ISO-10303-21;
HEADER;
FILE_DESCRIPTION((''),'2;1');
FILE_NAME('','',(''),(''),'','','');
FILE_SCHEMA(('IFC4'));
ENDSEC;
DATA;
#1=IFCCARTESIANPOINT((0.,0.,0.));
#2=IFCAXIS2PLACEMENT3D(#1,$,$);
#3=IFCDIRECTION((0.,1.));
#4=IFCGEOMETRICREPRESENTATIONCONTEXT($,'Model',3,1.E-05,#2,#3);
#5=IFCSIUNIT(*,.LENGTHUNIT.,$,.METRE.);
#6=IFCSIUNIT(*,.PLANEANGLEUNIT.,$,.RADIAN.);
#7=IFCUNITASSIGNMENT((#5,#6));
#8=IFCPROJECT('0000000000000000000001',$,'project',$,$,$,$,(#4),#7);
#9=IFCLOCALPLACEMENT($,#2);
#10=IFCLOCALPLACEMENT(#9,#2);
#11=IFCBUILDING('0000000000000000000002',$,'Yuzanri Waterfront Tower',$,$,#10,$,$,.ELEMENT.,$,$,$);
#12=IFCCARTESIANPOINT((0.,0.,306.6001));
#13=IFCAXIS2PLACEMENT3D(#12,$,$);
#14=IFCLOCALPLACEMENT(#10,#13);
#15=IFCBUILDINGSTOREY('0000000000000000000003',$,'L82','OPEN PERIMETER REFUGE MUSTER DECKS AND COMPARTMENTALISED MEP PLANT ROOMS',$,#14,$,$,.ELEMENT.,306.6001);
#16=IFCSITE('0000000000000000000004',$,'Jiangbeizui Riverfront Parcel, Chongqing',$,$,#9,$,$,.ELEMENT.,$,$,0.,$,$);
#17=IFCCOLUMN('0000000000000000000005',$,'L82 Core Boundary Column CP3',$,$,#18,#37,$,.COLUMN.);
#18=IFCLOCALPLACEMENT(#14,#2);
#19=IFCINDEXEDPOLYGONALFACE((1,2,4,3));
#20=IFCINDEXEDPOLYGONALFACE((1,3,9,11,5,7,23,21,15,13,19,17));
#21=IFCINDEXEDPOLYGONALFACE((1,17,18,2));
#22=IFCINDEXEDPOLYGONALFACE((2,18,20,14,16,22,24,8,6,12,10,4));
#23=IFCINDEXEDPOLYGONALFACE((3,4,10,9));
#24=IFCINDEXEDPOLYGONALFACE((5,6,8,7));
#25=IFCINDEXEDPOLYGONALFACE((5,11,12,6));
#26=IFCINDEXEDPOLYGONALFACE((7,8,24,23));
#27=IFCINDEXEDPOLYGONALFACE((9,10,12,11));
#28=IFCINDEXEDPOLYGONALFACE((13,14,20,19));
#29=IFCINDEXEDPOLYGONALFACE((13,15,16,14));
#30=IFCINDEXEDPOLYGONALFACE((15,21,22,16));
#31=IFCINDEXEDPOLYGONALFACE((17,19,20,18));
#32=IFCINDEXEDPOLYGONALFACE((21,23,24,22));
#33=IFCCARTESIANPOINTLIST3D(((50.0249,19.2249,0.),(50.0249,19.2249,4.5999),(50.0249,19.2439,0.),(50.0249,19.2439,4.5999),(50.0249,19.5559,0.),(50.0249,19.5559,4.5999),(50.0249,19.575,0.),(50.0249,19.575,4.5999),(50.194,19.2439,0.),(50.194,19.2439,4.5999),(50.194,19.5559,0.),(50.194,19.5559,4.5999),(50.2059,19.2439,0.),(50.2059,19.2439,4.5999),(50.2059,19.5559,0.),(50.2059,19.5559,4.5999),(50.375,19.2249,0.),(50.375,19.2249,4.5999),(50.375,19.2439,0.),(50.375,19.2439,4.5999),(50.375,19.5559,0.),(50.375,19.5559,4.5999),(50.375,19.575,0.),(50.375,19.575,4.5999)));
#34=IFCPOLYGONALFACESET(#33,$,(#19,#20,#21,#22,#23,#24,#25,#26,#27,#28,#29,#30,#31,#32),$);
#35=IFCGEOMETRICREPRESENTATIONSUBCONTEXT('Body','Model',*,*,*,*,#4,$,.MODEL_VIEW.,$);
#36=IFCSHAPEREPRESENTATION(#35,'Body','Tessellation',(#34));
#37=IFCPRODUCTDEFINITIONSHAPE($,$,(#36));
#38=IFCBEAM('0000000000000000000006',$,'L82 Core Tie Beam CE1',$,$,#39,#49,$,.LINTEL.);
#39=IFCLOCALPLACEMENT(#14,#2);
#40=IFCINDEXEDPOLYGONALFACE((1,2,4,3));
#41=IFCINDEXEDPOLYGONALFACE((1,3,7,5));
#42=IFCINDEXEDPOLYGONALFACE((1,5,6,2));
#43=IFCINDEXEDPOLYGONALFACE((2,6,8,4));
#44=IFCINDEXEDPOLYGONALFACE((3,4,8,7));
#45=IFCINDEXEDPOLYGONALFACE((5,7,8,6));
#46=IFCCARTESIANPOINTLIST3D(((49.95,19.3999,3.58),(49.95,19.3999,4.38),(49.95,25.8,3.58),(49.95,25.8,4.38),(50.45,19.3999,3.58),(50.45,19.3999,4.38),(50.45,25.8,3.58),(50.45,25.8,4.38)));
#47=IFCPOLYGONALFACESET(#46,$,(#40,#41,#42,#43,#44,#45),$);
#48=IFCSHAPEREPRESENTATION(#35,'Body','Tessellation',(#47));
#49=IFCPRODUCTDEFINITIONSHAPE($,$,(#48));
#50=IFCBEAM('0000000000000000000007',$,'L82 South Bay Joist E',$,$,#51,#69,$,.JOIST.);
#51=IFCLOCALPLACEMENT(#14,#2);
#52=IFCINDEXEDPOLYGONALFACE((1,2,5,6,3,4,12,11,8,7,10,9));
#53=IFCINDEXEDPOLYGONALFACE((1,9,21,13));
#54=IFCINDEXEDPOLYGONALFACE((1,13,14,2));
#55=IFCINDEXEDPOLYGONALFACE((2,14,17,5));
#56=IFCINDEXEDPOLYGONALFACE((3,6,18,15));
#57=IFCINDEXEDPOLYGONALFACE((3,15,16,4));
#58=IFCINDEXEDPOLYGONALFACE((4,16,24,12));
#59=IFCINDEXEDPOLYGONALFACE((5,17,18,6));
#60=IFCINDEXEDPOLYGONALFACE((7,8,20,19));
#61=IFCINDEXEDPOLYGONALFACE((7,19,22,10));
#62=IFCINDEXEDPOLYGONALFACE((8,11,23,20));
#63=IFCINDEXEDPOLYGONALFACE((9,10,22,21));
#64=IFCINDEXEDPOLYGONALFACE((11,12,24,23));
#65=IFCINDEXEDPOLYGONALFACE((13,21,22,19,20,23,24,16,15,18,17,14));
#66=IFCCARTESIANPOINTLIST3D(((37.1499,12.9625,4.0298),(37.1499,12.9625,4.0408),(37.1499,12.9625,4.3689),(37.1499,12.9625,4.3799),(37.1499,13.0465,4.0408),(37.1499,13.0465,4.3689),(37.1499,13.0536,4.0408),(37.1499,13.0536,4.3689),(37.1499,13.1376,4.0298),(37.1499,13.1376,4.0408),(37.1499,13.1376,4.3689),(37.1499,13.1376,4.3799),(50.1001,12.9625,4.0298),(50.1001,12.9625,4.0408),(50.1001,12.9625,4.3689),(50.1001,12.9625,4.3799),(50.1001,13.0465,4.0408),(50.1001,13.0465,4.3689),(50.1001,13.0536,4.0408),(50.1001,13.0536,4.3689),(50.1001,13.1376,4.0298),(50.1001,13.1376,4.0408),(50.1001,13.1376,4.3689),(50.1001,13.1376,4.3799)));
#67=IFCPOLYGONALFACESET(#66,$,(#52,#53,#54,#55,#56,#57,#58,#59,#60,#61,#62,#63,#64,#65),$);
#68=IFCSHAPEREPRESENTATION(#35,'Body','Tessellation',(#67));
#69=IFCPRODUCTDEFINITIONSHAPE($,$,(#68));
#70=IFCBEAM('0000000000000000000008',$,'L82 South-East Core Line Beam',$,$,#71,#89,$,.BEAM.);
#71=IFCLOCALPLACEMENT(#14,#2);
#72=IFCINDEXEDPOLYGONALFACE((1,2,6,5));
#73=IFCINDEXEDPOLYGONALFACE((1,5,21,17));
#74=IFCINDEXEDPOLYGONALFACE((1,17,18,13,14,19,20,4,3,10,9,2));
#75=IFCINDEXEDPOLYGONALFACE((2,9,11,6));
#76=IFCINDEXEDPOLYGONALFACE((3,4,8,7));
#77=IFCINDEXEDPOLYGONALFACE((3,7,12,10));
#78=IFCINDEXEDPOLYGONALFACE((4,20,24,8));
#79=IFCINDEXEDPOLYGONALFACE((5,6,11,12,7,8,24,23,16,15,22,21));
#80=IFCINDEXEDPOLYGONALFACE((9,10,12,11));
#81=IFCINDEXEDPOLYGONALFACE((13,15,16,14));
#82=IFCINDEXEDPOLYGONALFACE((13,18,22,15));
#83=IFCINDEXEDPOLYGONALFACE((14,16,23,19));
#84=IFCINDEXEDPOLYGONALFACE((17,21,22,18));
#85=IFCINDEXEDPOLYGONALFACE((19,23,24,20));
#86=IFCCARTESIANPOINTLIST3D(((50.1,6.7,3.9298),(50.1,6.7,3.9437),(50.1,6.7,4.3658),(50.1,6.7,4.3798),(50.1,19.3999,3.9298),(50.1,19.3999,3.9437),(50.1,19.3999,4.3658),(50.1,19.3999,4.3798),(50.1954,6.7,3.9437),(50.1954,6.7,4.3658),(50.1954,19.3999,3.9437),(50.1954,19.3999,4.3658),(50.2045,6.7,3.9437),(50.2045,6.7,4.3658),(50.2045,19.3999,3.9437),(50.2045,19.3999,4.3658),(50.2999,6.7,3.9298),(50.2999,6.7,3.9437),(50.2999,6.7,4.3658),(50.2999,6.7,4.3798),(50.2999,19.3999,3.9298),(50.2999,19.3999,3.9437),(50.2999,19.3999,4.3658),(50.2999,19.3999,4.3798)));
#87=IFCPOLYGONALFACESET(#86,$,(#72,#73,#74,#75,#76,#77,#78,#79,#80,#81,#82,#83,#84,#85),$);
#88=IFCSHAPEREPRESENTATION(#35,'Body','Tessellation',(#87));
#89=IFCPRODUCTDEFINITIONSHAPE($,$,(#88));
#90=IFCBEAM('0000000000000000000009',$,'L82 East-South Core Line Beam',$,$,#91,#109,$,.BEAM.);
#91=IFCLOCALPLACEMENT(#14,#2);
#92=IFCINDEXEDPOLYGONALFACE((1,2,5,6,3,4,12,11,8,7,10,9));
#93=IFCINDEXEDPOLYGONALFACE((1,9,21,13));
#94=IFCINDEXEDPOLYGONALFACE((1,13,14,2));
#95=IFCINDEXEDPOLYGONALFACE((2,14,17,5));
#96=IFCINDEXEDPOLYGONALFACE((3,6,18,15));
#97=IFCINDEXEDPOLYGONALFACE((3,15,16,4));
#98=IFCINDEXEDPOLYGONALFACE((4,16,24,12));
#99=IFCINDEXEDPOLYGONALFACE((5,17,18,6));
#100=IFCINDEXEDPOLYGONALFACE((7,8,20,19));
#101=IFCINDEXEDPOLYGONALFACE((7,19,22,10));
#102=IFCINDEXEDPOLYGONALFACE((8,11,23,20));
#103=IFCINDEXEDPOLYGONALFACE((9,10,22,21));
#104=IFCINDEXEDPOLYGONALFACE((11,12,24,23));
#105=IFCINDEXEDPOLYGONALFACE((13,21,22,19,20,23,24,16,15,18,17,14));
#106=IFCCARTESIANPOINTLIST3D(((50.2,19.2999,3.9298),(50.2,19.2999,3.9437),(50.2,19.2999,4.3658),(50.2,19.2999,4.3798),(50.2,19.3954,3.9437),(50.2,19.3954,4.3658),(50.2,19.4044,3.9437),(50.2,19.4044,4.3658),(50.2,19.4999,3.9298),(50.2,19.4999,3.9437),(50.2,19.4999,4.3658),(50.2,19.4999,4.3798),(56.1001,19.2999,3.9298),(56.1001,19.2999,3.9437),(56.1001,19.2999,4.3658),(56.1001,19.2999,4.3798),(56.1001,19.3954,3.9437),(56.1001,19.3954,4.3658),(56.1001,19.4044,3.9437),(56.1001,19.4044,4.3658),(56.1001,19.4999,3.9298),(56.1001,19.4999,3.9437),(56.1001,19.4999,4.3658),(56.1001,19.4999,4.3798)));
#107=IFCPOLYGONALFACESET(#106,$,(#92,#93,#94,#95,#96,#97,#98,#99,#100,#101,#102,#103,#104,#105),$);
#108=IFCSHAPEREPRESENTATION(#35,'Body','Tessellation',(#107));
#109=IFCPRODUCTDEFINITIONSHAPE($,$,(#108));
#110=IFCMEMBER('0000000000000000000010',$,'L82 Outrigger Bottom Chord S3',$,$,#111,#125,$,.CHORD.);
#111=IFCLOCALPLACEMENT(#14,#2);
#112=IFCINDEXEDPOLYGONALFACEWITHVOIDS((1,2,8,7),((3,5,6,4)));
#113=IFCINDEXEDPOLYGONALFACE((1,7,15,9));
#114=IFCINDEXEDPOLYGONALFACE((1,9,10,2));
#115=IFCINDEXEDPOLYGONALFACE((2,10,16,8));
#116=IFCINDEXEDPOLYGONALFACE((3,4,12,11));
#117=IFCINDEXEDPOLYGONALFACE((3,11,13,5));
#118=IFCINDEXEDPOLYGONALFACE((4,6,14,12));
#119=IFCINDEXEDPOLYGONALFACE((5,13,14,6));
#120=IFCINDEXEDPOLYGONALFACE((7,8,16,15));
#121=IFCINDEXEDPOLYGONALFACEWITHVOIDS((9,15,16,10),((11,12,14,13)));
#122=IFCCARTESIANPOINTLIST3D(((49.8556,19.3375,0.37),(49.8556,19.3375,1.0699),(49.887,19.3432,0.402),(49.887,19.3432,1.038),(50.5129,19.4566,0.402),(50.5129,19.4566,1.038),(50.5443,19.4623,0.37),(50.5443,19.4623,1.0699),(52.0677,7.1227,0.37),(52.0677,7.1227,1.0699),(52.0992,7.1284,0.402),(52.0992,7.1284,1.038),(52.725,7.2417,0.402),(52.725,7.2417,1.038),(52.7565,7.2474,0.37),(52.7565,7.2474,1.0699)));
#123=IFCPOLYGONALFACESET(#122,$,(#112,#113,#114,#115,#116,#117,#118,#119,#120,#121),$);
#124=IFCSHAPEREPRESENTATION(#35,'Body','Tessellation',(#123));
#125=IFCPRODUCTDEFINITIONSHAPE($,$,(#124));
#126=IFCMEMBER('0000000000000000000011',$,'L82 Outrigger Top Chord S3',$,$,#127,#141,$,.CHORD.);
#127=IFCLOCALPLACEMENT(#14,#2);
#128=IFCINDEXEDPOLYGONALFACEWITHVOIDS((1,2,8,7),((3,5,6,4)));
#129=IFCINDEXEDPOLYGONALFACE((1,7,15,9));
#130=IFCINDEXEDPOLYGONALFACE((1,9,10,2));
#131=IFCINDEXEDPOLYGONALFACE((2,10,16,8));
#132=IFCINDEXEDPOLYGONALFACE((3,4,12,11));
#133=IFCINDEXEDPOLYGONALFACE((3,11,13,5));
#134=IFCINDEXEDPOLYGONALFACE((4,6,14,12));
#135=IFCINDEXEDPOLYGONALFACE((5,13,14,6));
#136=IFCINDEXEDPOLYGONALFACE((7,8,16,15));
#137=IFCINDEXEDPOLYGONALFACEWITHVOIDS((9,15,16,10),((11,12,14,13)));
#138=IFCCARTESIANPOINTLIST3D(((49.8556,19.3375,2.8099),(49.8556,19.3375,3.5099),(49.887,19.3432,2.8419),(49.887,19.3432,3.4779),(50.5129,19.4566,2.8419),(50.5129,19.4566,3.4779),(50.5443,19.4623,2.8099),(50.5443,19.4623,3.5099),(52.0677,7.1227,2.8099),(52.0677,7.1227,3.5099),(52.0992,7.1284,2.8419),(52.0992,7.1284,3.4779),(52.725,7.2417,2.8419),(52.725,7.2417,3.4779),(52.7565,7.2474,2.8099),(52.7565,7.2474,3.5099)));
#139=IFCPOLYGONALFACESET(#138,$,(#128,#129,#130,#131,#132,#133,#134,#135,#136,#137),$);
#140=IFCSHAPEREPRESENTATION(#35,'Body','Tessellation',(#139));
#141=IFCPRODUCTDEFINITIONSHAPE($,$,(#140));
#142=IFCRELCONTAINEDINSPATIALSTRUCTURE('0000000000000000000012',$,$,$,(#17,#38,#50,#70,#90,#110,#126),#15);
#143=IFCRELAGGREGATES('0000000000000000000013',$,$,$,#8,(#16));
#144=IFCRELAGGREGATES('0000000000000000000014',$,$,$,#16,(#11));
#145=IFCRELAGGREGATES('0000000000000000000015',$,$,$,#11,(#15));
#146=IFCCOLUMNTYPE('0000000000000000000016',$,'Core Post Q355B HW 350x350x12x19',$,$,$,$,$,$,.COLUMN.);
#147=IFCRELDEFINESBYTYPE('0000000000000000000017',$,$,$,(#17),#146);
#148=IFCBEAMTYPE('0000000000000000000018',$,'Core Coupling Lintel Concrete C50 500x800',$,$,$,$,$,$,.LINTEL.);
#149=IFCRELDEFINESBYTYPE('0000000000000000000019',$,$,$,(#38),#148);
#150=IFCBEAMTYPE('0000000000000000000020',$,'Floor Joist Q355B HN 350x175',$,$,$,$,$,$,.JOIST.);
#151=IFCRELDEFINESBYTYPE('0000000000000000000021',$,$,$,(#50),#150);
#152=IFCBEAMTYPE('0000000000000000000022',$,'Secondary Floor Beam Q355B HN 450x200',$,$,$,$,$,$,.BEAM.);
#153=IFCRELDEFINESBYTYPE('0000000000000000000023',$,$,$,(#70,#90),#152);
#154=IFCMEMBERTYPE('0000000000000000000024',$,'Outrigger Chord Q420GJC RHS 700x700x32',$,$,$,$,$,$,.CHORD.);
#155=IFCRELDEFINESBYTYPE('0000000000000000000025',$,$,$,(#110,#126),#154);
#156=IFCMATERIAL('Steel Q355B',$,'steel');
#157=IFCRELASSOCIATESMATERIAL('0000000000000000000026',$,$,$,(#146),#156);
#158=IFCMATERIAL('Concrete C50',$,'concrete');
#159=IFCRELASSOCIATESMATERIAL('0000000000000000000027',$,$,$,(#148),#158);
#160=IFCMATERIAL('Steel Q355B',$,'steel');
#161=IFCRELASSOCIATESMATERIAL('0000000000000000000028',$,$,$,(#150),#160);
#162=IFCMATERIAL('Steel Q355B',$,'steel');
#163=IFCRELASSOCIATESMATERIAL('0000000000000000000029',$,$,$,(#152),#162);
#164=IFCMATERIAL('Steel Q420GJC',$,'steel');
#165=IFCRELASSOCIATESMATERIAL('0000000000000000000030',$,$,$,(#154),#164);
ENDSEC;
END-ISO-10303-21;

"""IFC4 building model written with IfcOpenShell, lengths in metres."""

from ifc_helpers import new_model, si_unit, direction, frame, origin, origin_2d, place, context, subcontext, project, spatial, rectangle, hollow_rectangle, i_section, extrude, source, transform, mapped, material, material_profile, profile_set, type_object, element, save


model = new_model("IFC4")

# Units and contexts
model_context = context("Model", 3, precision=1e-05, world=origin(), true_north=direction((0.0, 1.0)))
body_context = subcontext(model_context, "Body", "Model", "MODEL_VIEW")
ifc_project = project(units=[si_unit("LENGTHUNIT", "METRE"), si_unit("PLANEANGLEUNIT", "RADIAN")], contexts=[model_context])

# Site, building, storey
site_placement = place(None, origin())
site = spatial("IfcSite", under=ifc_project, at=site_placement, Name="Jiangbeizui Riverfront Parcel, Chongqing", CompositionType="ELEMENT", RefElevation=0.0)
building_placement = place(site_placement, origin())
building = spatial("IfcBuilding", under=site, at=building_placement, Name="Yuzanri Waterfront Tower", CompositionType="ELEMENT")
storey_placement = place(building_placement, frame((0.0, 0.0, 306.6001)))
storey = spatial("IfcBuildingStorey", under=building, at=storey_placement, Name="L82", Description="OPEN PERIMETER REFUGE MUSTER DECKS AND COMPARTMENTALISED MEP PLANT ROOMS", CompositionType="ELEMENT", Elevation=306.6001)

# Column
ifc_material_1 = material(Name="Steel Q355B", Category="steel")
ifc_material_profile_1 = material_profile(ifc_material_1, i_section(OverallWidth=0.3501, OverallDepth=0.3501, WebThickness=0.012, FlangeThickness=0.019, at=origin_2d()), Name="HW 350x350x12x19")
ifc_profile_set_1 = profile_set([ifc_material_profile_1], Name="Steel Q355B")
column_type = type_object("IfcColumnType", Name="Core Post Q355B HW 350x350x12x19", PredefinedType="COLUMN", material=ifc_profile_set_1)
shared_shape_1 = source(origin(), body_context, "Body", "SweptSolid", [
    extrude(i_section(OverallWidth=0.3501, OverallDepth=0.3501, WebThickness=0.012, FlangeThickness=0.019, at=origin_2d()), origin(), (0.0, 0.0, 1.0), 4.5999),
])
column_placement = place(storey_placement, frame((50.2, 19.3999, 0.0), z_axis=(0.0, 0.0, 1.0), x_axis=(1.0, 0.0, 0.0)))
element("IfcColumn", 1, at=column_placement, inside=storey, type_object=column_type, Name="L82 Core Boundary Column CP3", PredefinedType="COLUMN", context=body_context, shape_type="MappedRepresentation", body=[
    mapped(shared_shape_1, transform((0.0, 0.0, 0.0), scale=1.0)),
])

# Beams
ifc_material_2 = material(Name="Concrete C50", Category="concrete")
ifc_material_profile_2 = material_profile(ifc_material_2, rectangle(XDim=0.5, YDim=0.8, at=origin_2d()), Name="RC 500x800")
ifc_profile_set_2 = profile_set([ifc_material_profile_2], Name="Concrete C50")
beam_type_1 = type_object("IfcBeamType", Name="Core Coupling Lintel Concrete C50 500x800", PredefinedType="LINTEL", material=ifc_profile_set_2)
shared_shape_2 = source(origin(), body_context, "Body", "SweptSolid", [
    extrude(rectangle(XDim=0.5, YDim=0.8, at=origin_2d()), origin(), (0.0, 0.0, 1.0), 6.4001),
])
beam_1_placement = place(storey_placement, frame((50.2, 19.3999, 3.98), z_axis=(0.0, 1.0, 0.0), x_axis=(-1.0, 0.0, 0.0)))
element("IfcBeam", 2, at=beam_1_placement, inside=storey, type_object=beam_type_1, Name="L82 Core Tie Beam CE1", PredefinedType="LINTEL", context=body_context, shape_type="MappedRepresentation", body=[
    mapped(shared_shape_2, transform((0.0, 0.0, 0.0), scale=1.0)),
])
ifc_material_3 = material(Name="Steel Q355B", Category="steel")
ifc_material_profile_3 = material_profile(ifc_material_3, i_section(OverallWidth=0.175, OverallDepth=0.3501, WebThickness=0.0071, FlangeThickness=0.011, at=origin_2d()), Name="HN 350x175x7x11")
ifc_profile_set_3 = profile_set([ifc_material_profile_3], Name="Steel Q355B")
beam_type_2 = type_object("IfcBeamType", Name="Floor Joist Q355B HN 350x175", PredefinedType="JOIST", material=ifc_profile_set_3)
shared_shape_3 = source(origin(), body_context, "Body", "SweptSolid", [
    extrude(i_section(OverallWidth=0.175, OverallDepth=0.3501, WebThickness=0.0071, FlangeThickness=0.011, at=origin_2d()), origin(), (0.0, 0.0, 1.0), 12.9502),
])
beam_2_placement = place(storey_placement, frame((37.1499, 13.05, 4.2048), z_axis=(1.0, 0.0, 0.0), x_axis=(0.0, 1.0, 0.0)))
element("IfcBeam", 3, at=beam_2_placement, inside=storey, type_object=beam_type_2, Name="L82 South Bay Joist E", PredefinedType="JOIST", context=body_context, shape_type="MappedRepresentation", body=[
    mapped(shared_shape_3, transform((0.0, 0.0, 0.0), scale=1.0)),
])
ifc_material_4 = material(Name="Steel Q355B", Category="steel")
ifc_material_profile_4 = material_profile(ifc_material_4, i_section(OverallWidth=0.2, OverallDepth=0.45, WebThickness=0.009, FlangeThickness=0.0139, at=origin_2d()), Name="HN 450x200x9x14")
ifc_profile_set_4 = profile_set([ifc_material_profile_4], Name="Steel Q355B")
beam_type_3 = type_object("IfcBeamType", Name="Secondary Floor Beam Q355B HN 450x200", PredefinedType="BEAM", material=ifc_profile_set_4)
shared_shape_4 = source(origin(), body_context, "Body", "SweptSolid", [
    extrude(i_section(OverallWidth=0.2, OverallDepth=0.45, WebThickness=0.009, FlangeThickness=0.0139, at=origin_2d()), origin(), (0.0, 0.0, 1.0), 12.7),
])
beam_3_placement = place(storey_placement, frame((50.2, 19.3999, 4.1548), z_axis=(0.0, -1.0, 0.0), x_axis=(1.0, 0.0, 0.0)))
element("IfcBeam", 4, at=beam_3_placement, inside=storey, type_object=beam_type_3, Name="L82 South-East Core Line Beam", PredefinedType="BEAM", context=body_context, shape_type="MappedRepresentation", body=[
    mapped(shared_shape_4, transform((0.0, 0.0, 0.0), scale=1.0)),
])
shared_shape_5 = source(origin(), body_context, "Body", "SweptSolid", [
    extrude(i_section(OverallWidth=0.2, OverallDepth=0.45, WebThickness=0.009, FlangeThickness=0.0139, at=origin_2d()), origin(), (0.0, 0.0, 1.0), 5.9001),
])
beam_4_placement = place(storey_placement, frame((50.2, 19.3999, 4.1548), z_axis=(1.0, 0.0, 0.0), x_axis=(0.0, 1.0, 0.0)))
element("IfcBeam", 5, at=beam_4_placement, inside=storey, type_object=beam_type_3, Name="L82 East-South Core Line Beam", PredefinedType="BEAM", context=body_context, shape_type="MappedRepresentation", body=[
    mapped(shared_shape_5, transform((0.0, 0.0, 0.0), scale=1.0)),
])

# Members
ifc_material_5 = material(Name="Steel Q420GJC", Category="steel")
ifc_material_profile_5 = material_profile(ifc_material_5, hollow_rectangle(XDim=0.7, YDim=0.7, WallThickness=0.032, at=origin_2d()), Name="RHS 700x700x32")
ifc_profile_set_5 = profile_set([ifc_material_profile_5], Name="Steel Q420GJC")
member_type_1 = type_object("IfcMemberType", Name="Outrigger Chord Q420GJC RHS 700x700x32", PredefinedType="CHORD", material=ifc_profile_set_5)
shared_shape_6 = source(origin(), body_context, "Body", "SweptSolid", [
    extrude(hollow_rectangle(XDim=0.7, YDim=0.7, WallThickness=0.032, at=origin_2d()), origin(), (0.0, 0.0, 1.0), 12.4136),
])
for number, where, z_axis, x_axis, name in (
    (6, (50.2, 19.3999, 0.72), (0.178205, -0.983993, 0.0), (0.983993, 0.178205, 0.0), "L82 Outrigger Bottom Chord S3"),
    (7, (50.2, 19.3999, 3.1599), (0.178205, -0.983993, 0.0), (0.983993, 0.178205, 0.0), "L82 Outrigger Top Chord S3"),
):
    element("IfcMember", number, at=place(storey_placement, frame(where, z_axis=z_axis, x_axis=x_axis)), inside=storey, type_object=member_type_1, Name=name, PredefinedType="CHORD", context=body_context, shape_type="MappedRepresentation", body=[
        mapped(shared_shape_6, transform((0.0, 0.0, 0.0), scale=1.0)),
    ])

save(model, "model.ifc")
